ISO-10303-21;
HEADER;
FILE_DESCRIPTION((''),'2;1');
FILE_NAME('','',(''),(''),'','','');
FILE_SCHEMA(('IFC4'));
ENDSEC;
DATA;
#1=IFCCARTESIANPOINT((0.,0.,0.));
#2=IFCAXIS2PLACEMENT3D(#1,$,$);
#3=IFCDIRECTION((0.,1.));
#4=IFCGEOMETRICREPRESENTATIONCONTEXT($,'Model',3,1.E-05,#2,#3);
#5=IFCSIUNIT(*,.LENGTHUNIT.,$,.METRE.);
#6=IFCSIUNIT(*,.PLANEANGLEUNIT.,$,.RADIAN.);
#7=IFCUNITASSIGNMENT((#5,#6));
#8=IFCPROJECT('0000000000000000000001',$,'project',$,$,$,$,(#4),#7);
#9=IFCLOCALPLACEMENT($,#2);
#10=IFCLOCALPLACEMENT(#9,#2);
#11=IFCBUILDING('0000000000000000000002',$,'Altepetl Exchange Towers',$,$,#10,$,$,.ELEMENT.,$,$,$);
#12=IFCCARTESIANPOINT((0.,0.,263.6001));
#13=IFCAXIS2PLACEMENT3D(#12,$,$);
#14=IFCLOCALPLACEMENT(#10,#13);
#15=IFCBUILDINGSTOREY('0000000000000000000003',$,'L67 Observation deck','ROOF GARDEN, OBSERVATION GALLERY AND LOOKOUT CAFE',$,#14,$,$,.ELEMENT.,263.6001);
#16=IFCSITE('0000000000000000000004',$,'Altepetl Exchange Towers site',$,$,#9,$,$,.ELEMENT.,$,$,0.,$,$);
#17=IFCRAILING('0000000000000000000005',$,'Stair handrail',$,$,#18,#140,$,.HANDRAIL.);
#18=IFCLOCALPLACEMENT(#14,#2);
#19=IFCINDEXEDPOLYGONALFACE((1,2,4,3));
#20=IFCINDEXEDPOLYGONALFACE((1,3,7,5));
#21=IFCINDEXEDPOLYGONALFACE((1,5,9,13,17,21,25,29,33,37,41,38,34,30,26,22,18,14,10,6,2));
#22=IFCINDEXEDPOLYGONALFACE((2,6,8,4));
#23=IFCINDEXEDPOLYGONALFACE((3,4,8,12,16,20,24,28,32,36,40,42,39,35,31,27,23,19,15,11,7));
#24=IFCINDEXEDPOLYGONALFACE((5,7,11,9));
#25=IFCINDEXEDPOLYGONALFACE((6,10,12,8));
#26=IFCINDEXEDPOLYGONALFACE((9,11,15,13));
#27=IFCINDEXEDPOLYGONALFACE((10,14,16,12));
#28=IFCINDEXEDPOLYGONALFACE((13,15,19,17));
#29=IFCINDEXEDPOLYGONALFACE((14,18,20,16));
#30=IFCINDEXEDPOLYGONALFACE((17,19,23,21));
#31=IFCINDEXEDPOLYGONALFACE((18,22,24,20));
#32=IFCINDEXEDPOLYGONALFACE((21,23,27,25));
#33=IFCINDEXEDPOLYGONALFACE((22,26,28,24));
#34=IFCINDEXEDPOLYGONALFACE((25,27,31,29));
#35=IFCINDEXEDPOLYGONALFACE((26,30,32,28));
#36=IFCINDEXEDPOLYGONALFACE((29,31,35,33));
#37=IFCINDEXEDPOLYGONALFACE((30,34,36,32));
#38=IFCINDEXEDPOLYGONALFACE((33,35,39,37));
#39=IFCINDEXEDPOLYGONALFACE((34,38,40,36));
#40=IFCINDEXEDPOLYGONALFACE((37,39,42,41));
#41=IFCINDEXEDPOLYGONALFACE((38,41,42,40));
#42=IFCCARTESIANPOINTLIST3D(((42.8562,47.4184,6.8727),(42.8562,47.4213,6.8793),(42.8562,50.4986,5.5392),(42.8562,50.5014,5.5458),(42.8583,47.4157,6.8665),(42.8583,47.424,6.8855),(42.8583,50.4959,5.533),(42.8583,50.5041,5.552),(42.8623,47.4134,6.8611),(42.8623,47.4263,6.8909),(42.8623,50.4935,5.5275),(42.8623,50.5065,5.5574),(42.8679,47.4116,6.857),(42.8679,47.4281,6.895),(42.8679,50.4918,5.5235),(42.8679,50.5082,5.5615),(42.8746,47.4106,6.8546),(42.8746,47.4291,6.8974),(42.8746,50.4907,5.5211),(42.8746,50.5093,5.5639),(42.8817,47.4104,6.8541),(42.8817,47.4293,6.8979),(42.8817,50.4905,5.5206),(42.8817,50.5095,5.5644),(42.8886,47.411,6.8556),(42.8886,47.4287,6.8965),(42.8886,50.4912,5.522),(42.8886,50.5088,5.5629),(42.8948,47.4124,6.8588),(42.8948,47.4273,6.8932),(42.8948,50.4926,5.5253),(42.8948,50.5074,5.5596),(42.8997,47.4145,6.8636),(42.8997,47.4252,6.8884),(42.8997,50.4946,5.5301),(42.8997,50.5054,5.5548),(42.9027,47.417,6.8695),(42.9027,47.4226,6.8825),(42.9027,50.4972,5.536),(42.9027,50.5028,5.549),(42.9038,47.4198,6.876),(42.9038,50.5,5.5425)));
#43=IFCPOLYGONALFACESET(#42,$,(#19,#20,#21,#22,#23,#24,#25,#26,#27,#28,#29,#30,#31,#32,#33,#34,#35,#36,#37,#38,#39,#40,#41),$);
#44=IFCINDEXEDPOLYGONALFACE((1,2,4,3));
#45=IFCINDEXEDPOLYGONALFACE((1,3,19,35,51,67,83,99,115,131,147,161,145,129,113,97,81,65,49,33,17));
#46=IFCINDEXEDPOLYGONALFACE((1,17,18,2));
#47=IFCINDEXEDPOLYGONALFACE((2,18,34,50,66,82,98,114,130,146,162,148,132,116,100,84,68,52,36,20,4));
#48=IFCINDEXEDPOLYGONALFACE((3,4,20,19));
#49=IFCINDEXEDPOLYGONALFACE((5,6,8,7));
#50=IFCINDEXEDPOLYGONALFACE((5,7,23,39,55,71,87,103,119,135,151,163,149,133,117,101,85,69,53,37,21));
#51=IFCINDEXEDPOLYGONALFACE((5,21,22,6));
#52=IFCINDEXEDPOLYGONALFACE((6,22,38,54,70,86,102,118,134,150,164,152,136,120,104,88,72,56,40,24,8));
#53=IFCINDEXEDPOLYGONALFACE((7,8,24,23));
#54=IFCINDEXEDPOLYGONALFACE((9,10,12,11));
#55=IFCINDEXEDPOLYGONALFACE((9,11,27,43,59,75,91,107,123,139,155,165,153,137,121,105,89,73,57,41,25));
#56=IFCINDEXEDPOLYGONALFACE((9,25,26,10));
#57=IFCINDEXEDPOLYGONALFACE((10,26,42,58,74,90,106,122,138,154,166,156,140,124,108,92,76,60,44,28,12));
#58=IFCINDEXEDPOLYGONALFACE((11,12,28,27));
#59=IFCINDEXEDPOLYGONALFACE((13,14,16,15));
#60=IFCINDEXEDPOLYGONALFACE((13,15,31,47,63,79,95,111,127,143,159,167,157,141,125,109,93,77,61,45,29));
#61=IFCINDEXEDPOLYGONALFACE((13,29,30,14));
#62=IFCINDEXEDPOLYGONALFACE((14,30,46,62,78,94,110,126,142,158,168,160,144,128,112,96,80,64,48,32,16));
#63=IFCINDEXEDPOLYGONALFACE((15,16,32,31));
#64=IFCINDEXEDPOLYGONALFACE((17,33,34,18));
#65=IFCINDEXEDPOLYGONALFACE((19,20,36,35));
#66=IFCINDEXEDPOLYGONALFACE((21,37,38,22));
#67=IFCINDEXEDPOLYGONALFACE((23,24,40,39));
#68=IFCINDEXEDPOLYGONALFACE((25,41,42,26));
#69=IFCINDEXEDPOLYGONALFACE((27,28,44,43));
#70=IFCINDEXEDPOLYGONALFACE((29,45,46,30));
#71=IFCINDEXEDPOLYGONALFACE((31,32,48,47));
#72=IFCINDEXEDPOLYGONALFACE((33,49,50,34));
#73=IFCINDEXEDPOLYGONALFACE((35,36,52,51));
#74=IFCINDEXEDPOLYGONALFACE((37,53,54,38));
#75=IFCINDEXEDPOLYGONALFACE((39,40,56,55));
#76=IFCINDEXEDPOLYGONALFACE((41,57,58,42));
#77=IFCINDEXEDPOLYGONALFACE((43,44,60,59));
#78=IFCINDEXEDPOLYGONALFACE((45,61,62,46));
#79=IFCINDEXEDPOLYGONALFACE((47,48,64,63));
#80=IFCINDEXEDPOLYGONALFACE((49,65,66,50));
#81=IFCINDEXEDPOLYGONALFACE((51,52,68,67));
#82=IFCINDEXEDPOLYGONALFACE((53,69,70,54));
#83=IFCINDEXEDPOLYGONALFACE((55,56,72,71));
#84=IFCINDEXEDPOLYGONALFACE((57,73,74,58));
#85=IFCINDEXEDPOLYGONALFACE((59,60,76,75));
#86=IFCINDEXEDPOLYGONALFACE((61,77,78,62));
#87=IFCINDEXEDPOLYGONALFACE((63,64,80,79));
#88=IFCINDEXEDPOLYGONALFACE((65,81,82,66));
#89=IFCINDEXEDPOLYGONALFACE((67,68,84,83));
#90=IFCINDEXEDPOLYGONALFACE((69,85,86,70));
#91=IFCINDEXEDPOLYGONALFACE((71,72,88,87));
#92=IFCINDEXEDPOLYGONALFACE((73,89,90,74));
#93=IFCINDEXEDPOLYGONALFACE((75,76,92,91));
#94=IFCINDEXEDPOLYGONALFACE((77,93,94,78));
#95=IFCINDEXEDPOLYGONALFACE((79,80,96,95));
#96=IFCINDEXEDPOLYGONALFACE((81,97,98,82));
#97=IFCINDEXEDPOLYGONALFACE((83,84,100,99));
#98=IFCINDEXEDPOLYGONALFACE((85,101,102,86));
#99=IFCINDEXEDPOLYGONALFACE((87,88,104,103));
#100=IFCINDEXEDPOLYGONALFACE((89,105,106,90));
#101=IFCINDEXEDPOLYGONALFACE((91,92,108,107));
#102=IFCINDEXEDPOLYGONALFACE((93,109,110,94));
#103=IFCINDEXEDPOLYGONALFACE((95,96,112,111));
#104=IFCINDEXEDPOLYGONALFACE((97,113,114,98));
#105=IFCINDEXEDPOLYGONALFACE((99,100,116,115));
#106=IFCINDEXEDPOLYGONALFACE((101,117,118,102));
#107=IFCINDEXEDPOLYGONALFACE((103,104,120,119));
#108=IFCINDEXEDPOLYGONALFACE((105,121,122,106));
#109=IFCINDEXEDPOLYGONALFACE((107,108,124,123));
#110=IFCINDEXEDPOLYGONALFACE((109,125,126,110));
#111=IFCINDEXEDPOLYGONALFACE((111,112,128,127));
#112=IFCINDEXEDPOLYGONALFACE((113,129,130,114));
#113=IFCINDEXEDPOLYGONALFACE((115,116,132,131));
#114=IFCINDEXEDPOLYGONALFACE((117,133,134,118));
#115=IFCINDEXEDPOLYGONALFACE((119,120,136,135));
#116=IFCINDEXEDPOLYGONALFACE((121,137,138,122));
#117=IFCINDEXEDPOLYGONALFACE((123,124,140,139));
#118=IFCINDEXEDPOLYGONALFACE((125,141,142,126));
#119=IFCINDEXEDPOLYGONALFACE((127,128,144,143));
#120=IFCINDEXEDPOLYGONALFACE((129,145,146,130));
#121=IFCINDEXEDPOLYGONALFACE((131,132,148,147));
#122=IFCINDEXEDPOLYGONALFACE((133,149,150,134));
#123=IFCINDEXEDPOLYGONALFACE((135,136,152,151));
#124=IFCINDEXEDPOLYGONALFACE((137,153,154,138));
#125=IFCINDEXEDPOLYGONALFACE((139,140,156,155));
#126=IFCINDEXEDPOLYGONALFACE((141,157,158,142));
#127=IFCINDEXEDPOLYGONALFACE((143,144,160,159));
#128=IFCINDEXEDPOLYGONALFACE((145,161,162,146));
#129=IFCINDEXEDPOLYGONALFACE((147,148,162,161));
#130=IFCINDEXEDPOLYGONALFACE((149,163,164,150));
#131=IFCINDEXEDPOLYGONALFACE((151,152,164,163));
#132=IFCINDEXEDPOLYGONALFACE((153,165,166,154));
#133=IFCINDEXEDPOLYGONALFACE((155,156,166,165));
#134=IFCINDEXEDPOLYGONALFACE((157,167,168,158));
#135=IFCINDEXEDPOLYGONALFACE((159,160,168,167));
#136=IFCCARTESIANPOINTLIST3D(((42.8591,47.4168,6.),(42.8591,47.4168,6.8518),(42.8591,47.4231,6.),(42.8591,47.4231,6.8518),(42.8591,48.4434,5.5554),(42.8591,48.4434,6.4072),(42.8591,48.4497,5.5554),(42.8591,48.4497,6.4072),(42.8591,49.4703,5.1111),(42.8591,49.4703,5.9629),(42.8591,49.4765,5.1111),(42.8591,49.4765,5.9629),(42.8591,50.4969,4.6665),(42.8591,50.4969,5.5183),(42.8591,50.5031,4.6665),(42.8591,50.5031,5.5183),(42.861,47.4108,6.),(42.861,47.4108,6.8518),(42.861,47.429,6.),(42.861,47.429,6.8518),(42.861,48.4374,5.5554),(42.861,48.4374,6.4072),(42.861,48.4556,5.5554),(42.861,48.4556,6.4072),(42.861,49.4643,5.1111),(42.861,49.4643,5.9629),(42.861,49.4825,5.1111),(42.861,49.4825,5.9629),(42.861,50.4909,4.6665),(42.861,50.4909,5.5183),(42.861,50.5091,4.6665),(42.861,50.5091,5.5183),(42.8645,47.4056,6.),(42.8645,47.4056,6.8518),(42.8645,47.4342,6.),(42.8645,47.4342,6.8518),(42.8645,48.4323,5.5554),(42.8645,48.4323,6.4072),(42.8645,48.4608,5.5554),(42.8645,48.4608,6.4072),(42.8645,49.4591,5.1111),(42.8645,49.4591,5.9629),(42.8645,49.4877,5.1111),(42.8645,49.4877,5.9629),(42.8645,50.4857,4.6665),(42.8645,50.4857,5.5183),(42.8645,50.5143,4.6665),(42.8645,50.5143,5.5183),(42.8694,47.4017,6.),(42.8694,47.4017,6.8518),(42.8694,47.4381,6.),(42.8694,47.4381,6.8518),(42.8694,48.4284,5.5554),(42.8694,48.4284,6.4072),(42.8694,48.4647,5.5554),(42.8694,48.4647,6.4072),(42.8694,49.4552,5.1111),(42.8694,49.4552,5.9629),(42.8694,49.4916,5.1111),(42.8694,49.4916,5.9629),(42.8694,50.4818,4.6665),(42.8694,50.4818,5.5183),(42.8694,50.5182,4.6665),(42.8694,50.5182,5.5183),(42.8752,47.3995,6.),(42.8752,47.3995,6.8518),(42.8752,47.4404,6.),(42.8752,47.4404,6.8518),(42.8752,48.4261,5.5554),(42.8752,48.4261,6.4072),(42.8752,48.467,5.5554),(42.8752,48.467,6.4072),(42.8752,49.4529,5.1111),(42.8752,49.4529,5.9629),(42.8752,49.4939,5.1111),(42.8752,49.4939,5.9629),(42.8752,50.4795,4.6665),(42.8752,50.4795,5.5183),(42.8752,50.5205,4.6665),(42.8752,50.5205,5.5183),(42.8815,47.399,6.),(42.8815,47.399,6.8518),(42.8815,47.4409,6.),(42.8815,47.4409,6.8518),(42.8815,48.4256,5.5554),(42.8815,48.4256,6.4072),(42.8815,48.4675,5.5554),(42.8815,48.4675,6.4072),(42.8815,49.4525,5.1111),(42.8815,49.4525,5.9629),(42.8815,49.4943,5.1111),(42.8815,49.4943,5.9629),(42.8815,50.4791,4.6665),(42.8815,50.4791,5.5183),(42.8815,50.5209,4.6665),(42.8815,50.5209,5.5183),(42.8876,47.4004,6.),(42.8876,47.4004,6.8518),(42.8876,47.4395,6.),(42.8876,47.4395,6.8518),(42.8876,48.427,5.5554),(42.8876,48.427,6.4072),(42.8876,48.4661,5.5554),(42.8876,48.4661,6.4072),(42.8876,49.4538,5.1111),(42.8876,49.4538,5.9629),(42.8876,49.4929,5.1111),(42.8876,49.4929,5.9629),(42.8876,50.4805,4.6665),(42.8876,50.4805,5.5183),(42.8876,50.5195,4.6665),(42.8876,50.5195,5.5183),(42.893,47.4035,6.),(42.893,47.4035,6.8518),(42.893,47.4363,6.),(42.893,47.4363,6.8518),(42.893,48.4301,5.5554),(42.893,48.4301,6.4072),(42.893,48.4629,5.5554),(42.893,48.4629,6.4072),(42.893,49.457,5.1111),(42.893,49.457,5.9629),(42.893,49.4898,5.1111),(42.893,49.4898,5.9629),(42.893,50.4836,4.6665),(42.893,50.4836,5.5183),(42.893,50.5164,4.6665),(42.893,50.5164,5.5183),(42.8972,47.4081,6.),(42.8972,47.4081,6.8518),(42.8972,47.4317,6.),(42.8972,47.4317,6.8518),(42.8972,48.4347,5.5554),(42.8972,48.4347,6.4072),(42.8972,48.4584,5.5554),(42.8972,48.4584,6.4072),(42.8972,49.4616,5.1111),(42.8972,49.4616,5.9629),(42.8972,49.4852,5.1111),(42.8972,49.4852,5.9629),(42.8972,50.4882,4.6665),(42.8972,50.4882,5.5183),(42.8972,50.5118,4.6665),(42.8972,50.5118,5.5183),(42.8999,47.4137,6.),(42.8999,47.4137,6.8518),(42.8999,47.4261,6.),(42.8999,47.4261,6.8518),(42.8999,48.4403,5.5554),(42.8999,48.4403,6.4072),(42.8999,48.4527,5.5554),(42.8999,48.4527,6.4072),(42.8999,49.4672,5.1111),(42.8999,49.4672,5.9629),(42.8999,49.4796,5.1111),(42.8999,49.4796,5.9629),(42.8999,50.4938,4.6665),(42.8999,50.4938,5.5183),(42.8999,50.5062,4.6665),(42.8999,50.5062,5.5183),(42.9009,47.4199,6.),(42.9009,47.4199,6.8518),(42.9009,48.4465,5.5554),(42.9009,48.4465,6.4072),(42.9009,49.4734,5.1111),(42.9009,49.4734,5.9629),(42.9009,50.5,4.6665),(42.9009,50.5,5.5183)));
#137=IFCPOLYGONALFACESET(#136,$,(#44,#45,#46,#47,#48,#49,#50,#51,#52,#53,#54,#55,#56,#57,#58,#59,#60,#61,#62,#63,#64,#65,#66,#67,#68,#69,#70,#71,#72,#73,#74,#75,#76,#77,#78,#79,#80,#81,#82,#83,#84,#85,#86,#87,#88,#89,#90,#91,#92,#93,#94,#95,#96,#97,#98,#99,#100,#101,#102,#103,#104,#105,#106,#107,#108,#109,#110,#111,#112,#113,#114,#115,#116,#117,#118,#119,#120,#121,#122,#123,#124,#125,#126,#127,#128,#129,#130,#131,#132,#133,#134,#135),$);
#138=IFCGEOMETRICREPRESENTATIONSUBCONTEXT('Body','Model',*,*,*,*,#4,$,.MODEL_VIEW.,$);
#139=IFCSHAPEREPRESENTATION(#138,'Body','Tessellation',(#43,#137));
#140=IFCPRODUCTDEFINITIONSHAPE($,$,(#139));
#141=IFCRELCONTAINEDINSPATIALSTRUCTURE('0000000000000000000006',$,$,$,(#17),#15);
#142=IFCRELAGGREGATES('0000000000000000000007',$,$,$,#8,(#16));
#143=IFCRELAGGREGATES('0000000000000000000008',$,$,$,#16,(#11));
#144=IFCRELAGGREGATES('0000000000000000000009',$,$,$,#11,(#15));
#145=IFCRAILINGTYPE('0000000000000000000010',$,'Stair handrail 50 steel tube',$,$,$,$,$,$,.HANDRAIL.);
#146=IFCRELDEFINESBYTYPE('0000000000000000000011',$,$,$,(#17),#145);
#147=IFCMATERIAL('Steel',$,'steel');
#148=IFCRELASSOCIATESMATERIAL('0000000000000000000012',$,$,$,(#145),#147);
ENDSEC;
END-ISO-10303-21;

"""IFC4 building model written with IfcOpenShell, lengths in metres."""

from ifc_helpers import new_model, si_unit, direction, frame, origin, origin_2d, place, context, subcontext, project, spatial, circle, extrude, source, transform, mapped, material, type_object, element, save


model = new_model("IFC4")

# Units and contexts
model_context = context("Model", 3, precision=1e-05, world=origin(), true_north=direction((0.0, 1.0)))
body_context = subcontext(model_context, "Body", "Model", "MODEL_VIEW")
ifc_project = project(units=[si_unit("LENGTHUNIT", "METRE"), si_unit("PLANEANGLEUNIT", "RADIAN")], contexts=[model_context])

# Site, building, storey
site_placement = place(None, origin())
site = spatial("IfcSite", under=ifc_project, at=site_placement, Name="Altepetl Exchange Towers site", CompositionType="ELEMENT", RefElevation=0.0)
building_placement = place(site_placement, origin())
building = spatial("IfcBuilding", under=site, at=building_placement, Name="Altepetl Exchange Towers", CompositionType="ELEMENT")
storey_placement = place(building_placement, frame((0.0, 0.0, 263.6001)))
storey = spatial("IfcBuildingStorey", under=building, at=storey_placement, Name="L67 Observation deck", Description="ROOF GARDEN, OBSERVATION GALLERY AND LOOKOUT CAFE", CompositionType="ELEMENT", Elevation=263.6001)

# Railing
ifc_material_1 = material(Name="Steel", Category="steel")
railing_type = type_object("IfcRailingType", Name="Stair handrail 50 steel tube", PredefinedType="HANDRAIL", material=ifc_material_1)
shared_shape = source(origin(), body_context, "Body", "SweptSolid", [
    extrude(circle(Radius=0.021, at=origin_2d()), origin(), (0.0, 0.0, 1.0), 0.8518),
])
for number, where, name in (
    (1, (42.8799, 50.5, 4.6665), "Stair handrail"),
):
    element("IfcRailing", number, at=place(storey_placement, frame(where)), inside=storey, type_object=railing_type, Name=name, PredefinedType="HANDRAIL", context=body_context, shape_type="SweptSolid", body=[
        extrude(circle(Radius=0.0239, at=origin_2d()), frame((0.0, 0.0, 0.876), z_axis=(0.0, -0.917686, 0.397305), x_axis=(1.0, 0.0, 0.0)), (0.0, 0.0, 1.0), 3.3564),
        mapped(shared_shape, transform((0.0, 0.0, 0.0))),
        mapped(shared_shape, transform((0.0, -1.0266, 0.4446))),
        mapped(shared_shape, transform((0.0, -2.0535, 0.8889))),
        mapped(shared_shape, transform((0.0, -3.0801, 1.3335))),
    ])

save(model, "model.ifc")
